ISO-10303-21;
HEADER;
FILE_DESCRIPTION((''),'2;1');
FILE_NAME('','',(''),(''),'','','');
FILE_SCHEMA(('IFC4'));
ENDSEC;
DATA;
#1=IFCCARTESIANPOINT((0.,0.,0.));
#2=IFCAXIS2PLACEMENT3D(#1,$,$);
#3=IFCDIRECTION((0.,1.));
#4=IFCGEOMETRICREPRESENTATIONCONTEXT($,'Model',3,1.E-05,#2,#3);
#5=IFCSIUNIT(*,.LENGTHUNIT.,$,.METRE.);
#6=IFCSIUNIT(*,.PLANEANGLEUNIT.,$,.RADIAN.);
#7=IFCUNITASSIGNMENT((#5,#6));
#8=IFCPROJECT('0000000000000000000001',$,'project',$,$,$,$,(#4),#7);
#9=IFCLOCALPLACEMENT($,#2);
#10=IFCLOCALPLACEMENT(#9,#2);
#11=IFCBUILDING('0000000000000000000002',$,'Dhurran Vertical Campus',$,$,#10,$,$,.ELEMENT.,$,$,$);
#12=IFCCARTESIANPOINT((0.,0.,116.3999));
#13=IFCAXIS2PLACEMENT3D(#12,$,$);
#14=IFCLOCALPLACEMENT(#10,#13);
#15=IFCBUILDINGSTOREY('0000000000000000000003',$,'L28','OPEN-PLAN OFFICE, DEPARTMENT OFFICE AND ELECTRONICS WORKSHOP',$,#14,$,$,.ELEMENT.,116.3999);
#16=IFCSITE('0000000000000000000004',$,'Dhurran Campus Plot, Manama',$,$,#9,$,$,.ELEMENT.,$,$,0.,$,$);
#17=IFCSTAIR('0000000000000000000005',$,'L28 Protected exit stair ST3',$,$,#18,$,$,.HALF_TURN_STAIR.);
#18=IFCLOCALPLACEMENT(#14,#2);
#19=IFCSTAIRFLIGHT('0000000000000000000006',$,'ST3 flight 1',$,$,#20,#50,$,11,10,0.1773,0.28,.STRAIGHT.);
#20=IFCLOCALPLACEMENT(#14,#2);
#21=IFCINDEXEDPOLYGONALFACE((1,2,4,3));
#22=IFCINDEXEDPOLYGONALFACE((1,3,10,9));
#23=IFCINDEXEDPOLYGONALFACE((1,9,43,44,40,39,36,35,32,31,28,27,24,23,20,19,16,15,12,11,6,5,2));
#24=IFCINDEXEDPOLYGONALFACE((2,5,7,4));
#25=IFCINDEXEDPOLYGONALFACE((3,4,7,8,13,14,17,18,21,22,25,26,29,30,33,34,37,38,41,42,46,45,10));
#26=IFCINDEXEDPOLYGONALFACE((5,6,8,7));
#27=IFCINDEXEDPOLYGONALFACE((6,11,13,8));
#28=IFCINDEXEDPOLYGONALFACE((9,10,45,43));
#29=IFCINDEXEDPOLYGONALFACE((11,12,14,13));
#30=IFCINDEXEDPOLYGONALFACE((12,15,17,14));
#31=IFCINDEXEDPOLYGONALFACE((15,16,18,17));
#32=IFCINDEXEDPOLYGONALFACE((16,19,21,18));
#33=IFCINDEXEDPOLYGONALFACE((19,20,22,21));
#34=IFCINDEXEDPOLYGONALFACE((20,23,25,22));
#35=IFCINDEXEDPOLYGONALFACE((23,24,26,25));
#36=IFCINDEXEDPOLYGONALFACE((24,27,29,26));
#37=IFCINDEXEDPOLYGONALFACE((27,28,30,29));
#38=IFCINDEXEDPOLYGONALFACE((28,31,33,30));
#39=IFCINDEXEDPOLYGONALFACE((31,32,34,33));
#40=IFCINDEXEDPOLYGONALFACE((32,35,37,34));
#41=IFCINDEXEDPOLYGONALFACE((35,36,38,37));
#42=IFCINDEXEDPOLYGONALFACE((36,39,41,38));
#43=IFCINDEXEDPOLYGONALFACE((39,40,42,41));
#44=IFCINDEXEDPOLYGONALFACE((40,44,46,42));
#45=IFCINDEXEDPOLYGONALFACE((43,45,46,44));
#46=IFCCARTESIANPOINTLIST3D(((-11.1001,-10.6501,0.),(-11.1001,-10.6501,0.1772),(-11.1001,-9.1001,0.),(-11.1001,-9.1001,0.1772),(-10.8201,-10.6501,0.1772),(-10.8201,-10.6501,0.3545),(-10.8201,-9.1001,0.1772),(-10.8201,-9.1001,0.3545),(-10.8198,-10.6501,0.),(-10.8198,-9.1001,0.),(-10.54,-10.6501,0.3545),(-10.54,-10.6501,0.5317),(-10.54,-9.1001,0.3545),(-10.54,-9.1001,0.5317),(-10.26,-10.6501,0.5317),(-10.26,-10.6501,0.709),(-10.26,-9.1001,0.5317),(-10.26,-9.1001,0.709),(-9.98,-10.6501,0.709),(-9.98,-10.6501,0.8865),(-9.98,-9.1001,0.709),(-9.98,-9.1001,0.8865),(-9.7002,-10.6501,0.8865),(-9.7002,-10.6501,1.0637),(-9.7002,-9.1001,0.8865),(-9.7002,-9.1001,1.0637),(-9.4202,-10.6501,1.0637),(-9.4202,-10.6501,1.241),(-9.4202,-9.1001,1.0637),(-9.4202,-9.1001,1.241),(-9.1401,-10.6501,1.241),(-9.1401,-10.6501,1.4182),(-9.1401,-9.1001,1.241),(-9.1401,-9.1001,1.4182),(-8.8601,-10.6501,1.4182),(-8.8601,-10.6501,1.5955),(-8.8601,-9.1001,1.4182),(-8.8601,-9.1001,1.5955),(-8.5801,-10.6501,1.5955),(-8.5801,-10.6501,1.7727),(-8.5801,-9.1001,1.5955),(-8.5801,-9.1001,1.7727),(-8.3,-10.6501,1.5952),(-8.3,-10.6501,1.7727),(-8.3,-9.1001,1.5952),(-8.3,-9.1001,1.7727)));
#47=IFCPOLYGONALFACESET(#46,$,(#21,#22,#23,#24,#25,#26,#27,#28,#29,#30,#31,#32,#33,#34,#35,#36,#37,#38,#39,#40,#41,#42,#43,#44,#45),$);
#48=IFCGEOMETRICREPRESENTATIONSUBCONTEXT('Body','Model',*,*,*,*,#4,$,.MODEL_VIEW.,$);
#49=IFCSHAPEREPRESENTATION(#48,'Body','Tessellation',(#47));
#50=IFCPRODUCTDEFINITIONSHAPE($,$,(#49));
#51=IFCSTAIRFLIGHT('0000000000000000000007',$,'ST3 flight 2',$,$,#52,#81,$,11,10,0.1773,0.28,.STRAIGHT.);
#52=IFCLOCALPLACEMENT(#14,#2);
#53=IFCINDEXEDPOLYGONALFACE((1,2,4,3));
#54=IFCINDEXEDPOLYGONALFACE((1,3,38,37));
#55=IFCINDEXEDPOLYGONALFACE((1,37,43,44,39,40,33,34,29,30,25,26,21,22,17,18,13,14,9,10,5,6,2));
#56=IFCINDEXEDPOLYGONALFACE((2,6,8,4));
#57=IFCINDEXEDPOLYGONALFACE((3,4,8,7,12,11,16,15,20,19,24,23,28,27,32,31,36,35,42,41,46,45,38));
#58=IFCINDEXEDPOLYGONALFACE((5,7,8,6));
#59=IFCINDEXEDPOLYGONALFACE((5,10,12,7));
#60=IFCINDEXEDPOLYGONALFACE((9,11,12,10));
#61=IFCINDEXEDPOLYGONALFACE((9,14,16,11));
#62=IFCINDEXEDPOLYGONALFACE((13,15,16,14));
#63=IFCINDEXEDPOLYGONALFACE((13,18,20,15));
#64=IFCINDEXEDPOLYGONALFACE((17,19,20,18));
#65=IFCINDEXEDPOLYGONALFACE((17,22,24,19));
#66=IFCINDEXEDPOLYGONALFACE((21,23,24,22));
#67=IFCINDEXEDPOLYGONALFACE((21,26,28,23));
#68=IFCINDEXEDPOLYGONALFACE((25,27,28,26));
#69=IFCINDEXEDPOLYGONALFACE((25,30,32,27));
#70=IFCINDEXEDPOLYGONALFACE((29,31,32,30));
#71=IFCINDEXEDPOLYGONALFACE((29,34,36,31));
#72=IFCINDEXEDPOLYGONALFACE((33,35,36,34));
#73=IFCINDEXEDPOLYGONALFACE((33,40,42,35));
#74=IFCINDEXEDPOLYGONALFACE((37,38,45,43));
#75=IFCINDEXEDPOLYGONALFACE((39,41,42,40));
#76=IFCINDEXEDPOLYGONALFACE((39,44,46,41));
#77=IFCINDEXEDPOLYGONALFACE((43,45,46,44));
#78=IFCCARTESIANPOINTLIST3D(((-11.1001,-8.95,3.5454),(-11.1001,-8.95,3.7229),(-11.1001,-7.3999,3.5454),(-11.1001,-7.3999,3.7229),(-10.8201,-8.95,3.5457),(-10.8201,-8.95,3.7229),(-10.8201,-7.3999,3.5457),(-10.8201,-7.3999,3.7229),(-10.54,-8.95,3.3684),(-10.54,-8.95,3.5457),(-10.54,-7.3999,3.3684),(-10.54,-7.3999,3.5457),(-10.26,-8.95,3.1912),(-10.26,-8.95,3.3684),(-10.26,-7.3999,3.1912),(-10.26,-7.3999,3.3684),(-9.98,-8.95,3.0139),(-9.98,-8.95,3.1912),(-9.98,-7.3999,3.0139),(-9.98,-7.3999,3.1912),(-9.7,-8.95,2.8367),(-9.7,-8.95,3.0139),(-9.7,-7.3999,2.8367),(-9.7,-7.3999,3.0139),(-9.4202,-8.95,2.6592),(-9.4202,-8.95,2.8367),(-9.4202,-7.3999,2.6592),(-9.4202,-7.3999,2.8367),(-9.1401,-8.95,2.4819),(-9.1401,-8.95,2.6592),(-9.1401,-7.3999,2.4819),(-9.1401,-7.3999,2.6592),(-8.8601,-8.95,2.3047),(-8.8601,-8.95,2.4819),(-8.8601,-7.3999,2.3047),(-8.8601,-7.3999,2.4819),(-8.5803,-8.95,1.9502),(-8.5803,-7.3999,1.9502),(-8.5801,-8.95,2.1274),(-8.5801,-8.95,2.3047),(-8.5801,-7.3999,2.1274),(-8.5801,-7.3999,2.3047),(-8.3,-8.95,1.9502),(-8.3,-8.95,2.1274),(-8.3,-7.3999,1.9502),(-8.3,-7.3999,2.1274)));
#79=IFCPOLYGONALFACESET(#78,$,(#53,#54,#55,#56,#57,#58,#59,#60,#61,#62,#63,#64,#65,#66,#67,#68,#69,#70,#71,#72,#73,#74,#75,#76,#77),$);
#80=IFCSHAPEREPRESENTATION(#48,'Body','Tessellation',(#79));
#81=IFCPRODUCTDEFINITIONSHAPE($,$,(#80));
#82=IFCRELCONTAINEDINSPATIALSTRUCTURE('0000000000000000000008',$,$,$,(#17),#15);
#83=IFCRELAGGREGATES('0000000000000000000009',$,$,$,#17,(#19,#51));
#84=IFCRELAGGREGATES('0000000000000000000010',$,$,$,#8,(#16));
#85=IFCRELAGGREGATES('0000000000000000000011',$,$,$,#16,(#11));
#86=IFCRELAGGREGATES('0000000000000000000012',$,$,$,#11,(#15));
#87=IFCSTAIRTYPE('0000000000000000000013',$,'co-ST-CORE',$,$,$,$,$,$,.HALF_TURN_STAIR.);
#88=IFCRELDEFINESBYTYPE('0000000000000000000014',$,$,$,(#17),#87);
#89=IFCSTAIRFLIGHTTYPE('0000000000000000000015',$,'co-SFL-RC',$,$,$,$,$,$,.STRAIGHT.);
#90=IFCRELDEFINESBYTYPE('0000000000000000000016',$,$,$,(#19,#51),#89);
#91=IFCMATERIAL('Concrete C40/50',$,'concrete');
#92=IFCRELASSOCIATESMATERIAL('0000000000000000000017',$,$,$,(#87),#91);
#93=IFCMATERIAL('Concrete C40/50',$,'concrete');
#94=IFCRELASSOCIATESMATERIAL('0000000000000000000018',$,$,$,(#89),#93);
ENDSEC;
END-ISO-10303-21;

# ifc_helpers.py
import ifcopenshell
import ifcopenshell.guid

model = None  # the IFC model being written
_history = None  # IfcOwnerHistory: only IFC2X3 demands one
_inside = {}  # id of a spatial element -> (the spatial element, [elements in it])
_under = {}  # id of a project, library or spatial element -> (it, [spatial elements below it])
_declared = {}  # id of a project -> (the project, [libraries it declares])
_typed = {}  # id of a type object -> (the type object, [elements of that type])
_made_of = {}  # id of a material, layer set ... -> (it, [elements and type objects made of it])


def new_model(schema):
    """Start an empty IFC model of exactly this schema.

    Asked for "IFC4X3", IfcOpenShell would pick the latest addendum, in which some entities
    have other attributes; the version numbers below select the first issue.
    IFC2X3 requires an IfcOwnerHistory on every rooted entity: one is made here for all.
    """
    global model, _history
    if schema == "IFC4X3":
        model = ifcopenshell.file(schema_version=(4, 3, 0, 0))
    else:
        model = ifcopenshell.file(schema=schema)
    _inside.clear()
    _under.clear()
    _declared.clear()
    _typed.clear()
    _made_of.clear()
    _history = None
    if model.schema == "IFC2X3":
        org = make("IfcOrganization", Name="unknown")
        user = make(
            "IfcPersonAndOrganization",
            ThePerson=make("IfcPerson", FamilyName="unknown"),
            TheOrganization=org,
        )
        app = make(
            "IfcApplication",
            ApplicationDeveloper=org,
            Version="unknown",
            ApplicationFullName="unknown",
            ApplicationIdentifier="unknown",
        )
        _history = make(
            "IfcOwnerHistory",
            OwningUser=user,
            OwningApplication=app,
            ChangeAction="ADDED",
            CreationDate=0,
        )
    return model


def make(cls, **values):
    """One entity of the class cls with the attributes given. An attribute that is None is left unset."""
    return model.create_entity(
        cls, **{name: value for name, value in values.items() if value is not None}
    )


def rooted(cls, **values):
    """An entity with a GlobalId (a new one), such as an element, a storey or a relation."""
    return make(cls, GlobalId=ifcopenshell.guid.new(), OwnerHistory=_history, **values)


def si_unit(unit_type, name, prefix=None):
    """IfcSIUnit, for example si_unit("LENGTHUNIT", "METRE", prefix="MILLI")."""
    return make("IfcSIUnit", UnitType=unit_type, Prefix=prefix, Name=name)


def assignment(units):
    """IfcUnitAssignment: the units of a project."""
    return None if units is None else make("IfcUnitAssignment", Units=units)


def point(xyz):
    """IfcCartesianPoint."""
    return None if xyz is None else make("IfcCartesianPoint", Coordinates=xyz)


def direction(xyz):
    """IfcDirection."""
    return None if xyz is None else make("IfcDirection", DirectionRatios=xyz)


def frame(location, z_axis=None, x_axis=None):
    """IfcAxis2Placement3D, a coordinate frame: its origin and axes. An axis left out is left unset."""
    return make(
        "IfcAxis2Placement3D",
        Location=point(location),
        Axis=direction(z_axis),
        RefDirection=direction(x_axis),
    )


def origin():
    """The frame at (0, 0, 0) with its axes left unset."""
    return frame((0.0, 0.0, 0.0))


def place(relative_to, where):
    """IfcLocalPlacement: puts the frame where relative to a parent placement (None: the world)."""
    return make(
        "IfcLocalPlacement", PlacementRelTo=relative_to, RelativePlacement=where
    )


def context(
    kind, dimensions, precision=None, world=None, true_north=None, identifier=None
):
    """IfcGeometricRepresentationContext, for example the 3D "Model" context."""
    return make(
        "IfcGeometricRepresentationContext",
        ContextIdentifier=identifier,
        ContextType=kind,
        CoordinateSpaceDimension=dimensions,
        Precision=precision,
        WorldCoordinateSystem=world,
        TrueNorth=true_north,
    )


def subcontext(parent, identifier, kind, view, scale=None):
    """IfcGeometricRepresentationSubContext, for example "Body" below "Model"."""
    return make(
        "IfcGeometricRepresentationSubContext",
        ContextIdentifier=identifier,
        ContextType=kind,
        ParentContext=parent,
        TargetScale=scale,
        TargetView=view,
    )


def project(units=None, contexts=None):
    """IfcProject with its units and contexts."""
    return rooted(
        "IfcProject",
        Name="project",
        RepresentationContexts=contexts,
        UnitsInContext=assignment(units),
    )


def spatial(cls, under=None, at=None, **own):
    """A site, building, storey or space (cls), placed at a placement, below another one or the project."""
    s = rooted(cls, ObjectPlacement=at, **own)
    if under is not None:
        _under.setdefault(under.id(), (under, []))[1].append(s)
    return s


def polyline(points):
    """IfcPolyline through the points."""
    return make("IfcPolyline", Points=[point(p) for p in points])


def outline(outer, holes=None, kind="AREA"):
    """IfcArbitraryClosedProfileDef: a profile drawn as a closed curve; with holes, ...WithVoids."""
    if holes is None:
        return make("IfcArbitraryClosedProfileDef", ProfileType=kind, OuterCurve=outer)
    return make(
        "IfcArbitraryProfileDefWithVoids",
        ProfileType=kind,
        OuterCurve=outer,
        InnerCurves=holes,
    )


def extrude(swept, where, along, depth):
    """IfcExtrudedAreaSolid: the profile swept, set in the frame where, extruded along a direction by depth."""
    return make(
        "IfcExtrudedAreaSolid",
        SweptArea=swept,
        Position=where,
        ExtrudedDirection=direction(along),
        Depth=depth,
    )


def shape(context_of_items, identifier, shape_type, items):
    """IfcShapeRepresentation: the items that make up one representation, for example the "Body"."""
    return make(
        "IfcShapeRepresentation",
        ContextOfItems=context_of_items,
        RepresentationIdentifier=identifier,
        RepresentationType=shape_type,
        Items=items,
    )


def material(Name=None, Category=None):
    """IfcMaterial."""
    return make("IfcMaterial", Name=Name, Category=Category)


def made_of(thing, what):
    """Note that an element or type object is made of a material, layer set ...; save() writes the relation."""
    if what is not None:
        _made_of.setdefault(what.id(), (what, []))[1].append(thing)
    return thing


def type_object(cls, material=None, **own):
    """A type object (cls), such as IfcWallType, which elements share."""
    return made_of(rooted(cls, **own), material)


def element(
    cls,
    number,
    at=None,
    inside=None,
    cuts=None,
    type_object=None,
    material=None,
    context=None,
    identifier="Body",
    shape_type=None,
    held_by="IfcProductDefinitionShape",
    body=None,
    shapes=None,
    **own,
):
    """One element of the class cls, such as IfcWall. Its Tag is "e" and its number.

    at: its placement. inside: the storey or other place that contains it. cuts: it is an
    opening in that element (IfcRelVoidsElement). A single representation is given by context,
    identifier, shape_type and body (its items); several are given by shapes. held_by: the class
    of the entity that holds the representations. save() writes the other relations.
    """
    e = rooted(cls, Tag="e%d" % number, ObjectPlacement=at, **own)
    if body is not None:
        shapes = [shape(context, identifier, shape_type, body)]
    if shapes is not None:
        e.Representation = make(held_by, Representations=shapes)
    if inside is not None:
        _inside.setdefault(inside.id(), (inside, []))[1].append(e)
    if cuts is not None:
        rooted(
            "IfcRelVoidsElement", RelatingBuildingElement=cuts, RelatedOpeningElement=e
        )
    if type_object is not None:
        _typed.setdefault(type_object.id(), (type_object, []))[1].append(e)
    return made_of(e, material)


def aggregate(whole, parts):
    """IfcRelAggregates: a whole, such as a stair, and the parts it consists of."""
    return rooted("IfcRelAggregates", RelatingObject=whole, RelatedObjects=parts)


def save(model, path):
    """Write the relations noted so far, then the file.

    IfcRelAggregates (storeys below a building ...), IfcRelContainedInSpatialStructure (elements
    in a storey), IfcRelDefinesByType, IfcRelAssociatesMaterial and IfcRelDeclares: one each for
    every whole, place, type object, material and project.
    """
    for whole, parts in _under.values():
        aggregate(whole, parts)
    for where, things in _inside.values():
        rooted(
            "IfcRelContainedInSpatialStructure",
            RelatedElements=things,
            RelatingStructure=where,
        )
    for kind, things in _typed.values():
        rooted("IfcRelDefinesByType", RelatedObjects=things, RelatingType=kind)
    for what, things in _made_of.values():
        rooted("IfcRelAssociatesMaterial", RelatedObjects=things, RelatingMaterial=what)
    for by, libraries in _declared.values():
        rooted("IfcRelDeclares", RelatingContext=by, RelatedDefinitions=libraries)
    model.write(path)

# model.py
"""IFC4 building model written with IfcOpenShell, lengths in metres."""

from ifc_helpers import new_model, si_unit, direction, frame, origin, place, context, subcontext, project, spatial, polyline, outline, extrude, material, type_object, element, aggregate, save


model = new_model("IFC4")

# Units and contexts
model_context = context("Model", 3, precision=1e-05, world=origin(), true_north=direction((0.0, 1.0)))
body_context = subcontext(model_context, "Body", "Model", "MODEL_VIEW")
ifc_project = project(units=[si_unit("LENGTHUNIT", "METRE"), si_unit("PLANEANGLEUNIT", "RADIAN")], contexts=[model_context])

# Site, building, storey
site_placement = place(None, origin())
site = spatial("IfcSite", under=ifc_project, at=site_placement, Name="Dhurran Campus Plot, Manama", CompositionType="ELEMENT", RefElevation=0.0)
building_placement = place(site_placement, origin())
building = spatial("IfcBuilding", under=site, at=building_placement, Name="Dhurran Vertical Campus", CompositionType="ELEMENT")
storey_placement = place(building_placement, frame((0.0, 0.0, 116.3999)))
storey = spatial("IfcBuildingStorey", under=building, at=storey_placement, Name="L28", Description="OPEN-PLAN OFFICE, DEPARTMENT OFFICE AND ELECTRONICS WORKSHOP", CompositionType="ELEMENT", Elevation=116.3999)

# Stair, stair flights
ifc_material_1 = material(Name="Concrete C40/50", Category="concrete")
stair_type = type_object("IfcStairType", Name="co-ST-CORE", PredefinedType="HALF_TURN_STAIR", material=ifc_material_1)
stair_placement = place(storey_placement, origin())
stair = element("IfcStair", 1, at=stair_placement, inside=storey, type_object=stair_type, Name="L28 Protected exit stair ST3", PredefinedType="HALF_TURN_STAIR")
ifc_material_2 = material(Name="Concrete C40/50", Category="concrete")
stair_flight_type = type_object("IfcStairFlightType", Name="co-SFL-RC", PredefinedType="STRAIGHT", material=ifc_material_2)
stair_flight_1_placement = place(storey_placement, frame((-11.1001, -9.875, 0.0), z_axis=(0.0, 0.0, 1.0), x_axis=(1.0, 0.0, 0.0)))
stair_flight_1 = element("IfcStairFlight", 2, at=stair_flight_1_placement, type_object=stair_flight_type, Name="ST3 flight 1", NumberOfRisers=11, NumberOfTreads=10, PredefinedType="STRAIGHT", RiserHeight=0.1773, TreadLength=0.28, context=body_context, shape_type="SweptSolid", body=[
    extrude(outline(polyline([(0.0, 0.0), (0.0, 0.1772), (0.28, 0.1772), (0.28, 0.3545), (0.5601, 0.3545), (0.5601, 0.5317), (0.8401, 0.5317), (0.8401, 0.709), (1.1201, 0.709), (1.1201, 0.8865), (1.3999, 0.8865), (1.3999, 1.0637), (1.6799, 1.0637), (1.6799, 1.241), (1.96, 1.241), (1.96, 1.4182), (2.24, 1.4182), (2.24, 1.5955), (2.52, 1.5955), (2.52, 1.7727), (2.8, 1.7727), (2.8, 1.95), (2.8, 1.5952), (0.2803, 0.0), (0.0, 0.0)])), frame((0.0, 0.7749, 0.0), z_axis=(0.0, -1.0, 0.0), x_axis=(1.0, 0.0, 0.0)), (0.0, 0.0, 1.0), 1.55),
])
stair_flight_2_placement = place(storey_placement, frame((-8.3, -8.175, 1.9502), z_axis=(0.0, 0.0, 1.0), x_axis=(-1.0, 0.0, 0.0)))
stair_flight_2 = element("IfcStairFlight", 3, at=stair_flight_2_placement, type_object=stair_flight_type, Name="ST3 flight 2", NumberOfRisers=11, NumberOfTreads=10, PredefinedType="STRAIGHT", RiserHeight=0.1773, TreadLength=0.28, context=body_context, shape_type="SweptSolid", body=[
    extrude(outline(polyline([(0.0, 0.0), (0.0, 0.1772), (0.28, 0.1772), (0.28, 0.3545), (0.5601, 0.3545), (0.5601, 0.5317), (0.8401, 0.5317), (0.8401, 0.709), (1.1201, 0.709), (1.1201, 0.8865), (1.3999, 0.8865), (1.3999, 1.0637), (1.6799, 1.0637), (1.6799, 1.241), (1.96, 1.241), (1.96, 1.4182), (2.24, 1.4182), (2.24, 1.5955), (2.52, 1.5955), (2.52, 1.7727), (2.8, 1.7727), (2.8, 1.95), (2.8, 1.5952), (0.2803, 0.0), (0.0, 0.0)])), frame((0.0, 0.7749, 0.0), z_axis=(0.0, -1.0, 0.0), x_axis=(1.0, 0.0, 0.0)), (0.0, 0.0, 1.0), 1.55),
])
aggregate(stair, [stair_flight_1, stair_flight_2])

save(model, "model.ifc")
